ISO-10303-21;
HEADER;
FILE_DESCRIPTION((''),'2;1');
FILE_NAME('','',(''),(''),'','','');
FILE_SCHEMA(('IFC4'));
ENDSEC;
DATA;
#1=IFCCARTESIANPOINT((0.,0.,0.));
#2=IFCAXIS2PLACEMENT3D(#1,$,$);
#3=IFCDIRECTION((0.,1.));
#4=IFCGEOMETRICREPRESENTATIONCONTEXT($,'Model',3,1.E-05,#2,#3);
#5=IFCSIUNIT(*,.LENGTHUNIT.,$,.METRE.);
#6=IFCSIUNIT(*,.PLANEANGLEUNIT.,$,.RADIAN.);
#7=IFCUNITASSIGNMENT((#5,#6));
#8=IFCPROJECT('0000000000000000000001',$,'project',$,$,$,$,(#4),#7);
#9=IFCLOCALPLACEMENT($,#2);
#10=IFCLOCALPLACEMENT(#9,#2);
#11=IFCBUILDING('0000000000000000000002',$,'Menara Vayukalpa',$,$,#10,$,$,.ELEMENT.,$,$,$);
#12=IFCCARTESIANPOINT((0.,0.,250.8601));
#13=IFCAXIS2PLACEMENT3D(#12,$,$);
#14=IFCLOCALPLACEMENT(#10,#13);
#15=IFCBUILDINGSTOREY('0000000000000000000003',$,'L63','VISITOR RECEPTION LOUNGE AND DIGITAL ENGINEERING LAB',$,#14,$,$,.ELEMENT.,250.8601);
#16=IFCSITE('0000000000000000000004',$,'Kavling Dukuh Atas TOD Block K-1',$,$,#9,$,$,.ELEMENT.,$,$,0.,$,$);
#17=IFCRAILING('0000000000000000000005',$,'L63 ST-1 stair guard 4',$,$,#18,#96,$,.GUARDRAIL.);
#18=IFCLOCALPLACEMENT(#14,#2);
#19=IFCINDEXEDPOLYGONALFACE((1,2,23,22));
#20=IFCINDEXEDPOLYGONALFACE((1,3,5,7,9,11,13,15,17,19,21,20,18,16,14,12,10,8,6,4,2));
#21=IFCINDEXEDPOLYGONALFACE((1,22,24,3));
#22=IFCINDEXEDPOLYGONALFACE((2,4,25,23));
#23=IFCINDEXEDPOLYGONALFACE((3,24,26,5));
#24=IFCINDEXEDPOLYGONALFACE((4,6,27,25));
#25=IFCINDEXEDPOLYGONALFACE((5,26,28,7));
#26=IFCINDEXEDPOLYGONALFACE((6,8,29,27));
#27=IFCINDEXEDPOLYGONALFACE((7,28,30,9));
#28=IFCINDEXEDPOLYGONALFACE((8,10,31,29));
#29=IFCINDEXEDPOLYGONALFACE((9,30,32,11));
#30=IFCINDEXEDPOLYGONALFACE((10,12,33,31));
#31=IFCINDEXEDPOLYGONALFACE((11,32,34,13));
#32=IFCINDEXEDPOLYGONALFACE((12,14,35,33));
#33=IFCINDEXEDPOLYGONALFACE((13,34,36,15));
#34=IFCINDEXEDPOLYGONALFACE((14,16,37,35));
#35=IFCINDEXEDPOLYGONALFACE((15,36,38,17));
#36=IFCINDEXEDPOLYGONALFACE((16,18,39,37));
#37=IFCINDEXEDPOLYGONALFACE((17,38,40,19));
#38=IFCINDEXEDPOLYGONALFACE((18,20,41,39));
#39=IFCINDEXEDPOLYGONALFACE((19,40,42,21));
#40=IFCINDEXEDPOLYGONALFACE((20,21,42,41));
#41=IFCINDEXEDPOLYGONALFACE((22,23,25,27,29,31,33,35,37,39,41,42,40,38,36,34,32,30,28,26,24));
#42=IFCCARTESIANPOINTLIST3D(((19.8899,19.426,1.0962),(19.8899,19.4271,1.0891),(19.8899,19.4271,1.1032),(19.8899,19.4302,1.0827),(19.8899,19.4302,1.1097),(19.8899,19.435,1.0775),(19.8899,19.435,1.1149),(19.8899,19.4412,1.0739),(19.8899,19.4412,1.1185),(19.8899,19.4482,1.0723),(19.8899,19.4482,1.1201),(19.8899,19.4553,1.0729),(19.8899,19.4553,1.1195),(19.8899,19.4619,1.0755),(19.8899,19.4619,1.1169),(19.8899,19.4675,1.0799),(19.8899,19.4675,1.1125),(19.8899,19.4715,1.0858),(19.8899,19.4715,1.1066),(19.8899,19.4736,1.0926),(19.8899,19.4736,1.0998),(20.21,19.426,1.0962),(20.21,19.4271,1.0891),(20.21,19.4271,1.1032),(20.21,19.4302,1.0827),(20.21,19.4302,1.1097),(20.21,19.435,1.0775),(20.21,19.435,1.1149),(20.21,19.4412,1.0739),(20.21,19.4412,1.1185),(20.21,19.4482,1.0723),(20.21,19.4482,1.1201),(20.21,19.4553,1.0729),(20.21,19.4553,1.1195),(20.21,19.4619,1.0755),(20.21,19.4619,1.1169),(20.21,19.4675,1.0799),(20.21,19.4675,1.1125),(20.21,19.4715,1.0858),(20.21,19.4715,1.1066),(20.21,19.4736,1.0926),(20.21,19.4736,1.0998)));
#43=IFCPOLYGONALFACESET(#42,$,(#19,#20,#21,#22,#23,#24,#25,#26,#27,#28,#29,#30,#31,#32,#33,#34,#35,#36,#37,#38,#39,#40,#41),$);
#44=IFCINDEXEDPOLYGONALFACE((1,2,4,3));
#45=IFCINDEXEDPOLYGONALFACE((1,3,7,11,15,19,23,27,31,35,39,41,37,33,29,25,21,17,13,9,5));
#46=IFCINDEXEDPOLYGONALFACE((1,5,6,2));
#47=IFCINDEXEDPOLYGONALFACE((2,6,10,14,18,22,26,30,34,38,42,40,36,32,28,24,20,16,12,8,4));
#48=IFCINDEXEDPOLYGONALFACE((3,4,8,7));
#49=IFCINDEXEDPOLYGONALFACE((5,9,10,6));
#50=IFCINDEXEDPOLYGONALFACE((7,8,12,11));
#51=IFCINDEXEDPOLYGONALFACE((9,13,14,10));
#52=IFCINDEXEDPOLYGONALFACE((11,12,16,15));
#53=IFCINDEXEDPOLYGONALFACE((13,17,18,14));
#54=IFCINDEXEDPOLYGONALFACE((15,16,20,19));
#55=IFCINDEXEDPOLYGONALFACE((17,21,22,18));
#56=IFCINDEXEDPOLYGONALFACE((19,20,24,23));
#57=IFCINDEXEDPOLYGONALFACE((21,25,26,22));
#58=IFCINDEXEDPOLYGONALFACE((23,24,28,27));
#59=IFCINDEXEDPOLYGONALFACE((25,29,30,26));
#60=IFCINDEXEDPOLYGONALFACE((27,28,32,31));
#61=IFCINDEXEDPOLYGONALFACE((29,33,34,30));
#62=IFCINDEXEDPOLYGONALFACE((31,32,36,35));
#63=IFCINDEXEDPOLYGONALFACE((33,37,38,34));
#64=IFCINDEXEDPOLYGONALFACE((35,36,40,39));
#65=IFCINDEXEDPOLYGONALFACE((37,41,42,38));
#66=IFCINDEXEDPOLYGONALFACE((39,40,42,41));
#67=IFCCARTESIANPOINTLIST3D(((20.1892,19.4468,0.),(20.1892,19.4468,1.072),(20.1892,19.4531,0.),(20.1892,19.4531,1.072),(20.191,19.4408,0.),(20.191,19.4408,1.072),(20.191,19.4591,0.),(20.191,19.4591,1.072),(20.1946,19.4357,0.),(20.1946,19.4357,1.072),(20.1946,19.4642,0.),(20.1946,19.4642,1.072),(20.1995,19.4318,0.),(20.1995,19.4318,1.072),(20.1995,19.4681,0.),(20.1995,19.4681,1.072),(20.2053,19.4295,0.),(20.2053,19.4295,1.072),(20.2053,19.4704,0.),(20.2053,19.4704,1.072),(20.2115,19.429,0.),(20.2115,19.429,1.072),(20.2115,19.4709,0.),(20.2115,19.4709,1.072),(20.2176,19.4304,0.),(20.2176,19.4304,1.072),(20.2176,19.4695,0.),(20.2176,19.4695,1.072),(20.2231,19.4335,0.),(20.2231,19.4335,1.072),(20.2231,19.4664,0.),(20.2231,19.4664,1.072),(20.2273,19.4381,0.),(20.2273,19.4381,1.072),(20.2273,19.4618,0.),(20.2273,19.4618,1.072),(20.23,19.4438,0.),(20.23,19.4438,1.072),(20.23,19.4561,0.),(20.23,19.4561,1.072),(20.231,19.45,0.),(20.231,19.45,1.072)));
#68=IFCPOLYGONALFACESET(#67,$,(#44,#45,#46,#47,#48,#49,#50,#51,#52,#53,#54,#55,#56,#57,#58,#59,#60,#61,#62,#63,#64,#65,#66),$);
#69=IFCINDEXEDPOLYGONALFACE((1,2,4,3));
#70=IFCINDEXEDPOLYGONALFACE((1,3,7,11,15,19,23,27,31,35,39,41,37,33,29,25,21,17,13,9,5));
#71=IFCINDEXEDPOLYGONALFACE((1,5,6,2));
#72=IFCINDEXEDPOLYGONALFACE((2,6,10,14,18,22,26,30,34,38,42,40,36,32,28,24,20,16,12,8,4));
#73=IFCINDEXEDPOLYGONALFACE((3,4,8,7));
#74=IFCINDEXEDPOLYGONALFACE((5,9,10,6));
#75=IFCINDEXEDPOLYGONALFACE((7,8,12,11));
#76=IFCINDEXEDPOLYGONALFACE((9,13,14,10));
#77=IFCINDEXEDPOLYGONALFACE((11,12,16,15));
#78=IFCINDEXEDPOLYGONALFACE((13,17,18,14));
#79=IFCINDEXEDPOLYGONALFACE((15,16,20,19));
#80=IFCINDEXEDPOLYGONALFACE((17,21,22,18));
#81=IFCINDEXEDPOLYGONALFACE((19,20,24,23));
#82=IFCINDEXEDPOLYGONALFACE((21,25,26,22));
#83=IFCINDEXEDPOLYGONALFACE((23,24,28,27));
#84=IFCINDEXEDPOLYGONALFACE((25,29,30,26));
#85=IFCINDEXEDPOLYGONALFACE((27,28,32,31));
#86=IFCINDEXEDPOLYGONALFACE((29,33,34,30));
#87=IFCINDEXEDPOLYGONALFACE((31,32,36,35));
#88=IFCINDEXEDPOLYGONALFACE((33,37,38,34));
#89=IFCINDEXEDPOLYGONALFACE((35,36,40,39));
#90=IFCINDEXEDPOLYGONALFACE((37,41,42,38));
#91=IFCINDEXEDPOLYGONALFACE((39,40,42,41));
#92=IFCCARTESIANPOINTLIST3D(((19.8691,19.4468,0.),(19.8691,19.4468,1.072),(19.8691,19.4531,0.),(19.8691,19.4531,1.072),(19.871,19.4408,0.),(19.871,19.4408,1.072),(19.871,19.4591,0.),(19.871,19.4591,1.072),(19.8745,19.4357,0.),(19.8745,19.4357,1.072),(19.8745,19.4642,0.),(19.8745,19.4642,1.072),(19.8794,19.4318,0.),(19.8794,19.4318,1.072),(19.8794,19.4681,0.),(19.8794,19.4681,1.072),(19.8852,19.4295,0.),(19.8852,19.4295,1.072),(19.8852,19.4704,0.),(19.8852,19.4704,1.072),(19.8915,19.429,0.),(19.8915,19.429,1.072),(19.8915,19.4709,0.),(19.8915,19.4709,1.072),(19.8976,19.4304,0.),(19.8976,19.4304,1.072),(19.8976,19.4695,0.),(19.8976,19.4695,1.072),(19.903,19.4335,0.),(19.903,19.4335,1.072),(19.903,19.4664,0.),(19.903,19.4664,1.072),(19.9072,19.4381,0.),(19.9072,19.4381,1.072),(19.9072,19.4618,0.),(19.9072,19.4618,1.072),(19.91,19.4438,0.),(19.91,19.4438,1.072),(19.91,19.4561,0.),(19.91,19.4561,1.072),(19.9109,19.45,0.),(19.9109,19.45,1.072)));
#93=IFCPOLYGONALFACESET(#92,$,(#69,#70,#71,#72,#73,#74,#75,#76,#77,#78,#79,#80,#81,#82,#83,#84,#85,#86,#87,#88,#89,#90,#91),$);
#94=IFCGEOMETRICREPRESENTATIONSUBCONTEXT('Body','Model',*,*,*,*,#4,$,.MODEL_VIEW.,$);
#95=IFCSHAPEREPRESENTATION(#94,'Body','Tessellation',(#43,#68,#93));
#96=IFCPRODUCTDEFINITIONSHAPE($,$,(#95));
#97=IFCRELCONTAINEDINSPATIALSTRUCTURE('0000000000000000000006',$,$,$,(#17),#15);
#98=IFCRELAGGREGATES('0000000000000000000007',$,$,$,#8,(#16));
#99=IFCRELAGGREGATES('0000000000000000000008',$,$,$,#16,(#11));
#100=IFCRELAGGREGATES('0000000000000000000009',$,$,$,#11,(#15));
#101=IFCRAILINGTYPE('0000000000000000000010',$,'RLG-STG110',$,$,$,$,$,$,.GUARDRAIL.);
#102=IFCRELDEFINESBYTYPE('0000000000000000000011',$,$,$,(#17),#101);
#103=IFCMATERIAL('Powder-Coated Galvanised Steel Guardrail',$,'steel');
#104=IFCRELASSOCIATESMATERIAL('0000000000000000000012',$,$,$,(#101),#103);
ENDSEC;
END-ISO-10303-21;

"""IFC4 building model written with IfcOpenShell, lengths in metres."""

from ifc_helpers import new_model, si_unit, direction, frame, origin, origin_2d, place, context, subcontext, project, spatial, circle, extrude, material, type_object, element, save


model = new_model("IFC4")

# Units and contexts
model_context = context("Model", 3, precision=1e-05, world=origin(), true_north=direction((0.0, 1.0)))
body_context = subcontext(model_context, "Body", "Model", "MODEL_VIEW")
ifc_project = project(units=[si_unit("LENGTHUNIT", "METRE"), si_unit("PLANEANGLEUNIT", "RADIAN")], contexts=[model_context])

# Site, building, storey
site_placement = place(None, origin())
site = spatial("IfcSite", under=ifc_project, at=site_placement, Name="Kavling Dukuh Atas TOD Block K-1", CompositionType="ELEMENT", RefElevation=0.0)
building_placement = place(site_placement, origin())
building = spatial("IfcBuilding", under=site, at=building_placement, Name="Menara Vayukalpa", CompositionType="ELEMENT")
storey_placement = place(building_placement, frame((0.0, 0.0, 250.8601)))
storey = spatial("IfcBuildingStorey", under=building, at=storey_placement, Name="L63", Description="VISITOR RECEPTION LOUNGE AND DIGITAL ENGINEERING LAB", CompositionType="ELEMENT", Elevation=250.8601)

# Railing
ifc_material_1 = material(Name="Powder-Coated Galvanised Steel Guardrail", Category="steel")
railing_type_1 = type_object("IfcRailingType", Name="RLG-STG110", PredefinedType="GUARDRAIL", material=ifc_material_1)
railing_1_placement = place(storey_placement, frame((20.21, 19.45, 0.0)))
element("IfcRailing", 1, at=railing_1_placement, inside=storey, type_object=railing_type_1, Name="L63 ST-1 stair guard 4", PredefinedType="GUARDRAIL", context=body_context, shape_type="SweptSolid", body=[
    extrude(circle(Radius=0.0239, at=origin_2d()), frame((0.0, 0.0, 1.0962), z_axis=(-1.0, 0.0, 0.0), x_axis=(0.0, -1.0, 0.0)), (0.0, 0.0, 1.0), 0.3201),
    extrude(circle(Radius=0.021, at=origin_2d()), origin(), (0.0, 0.0, 1.0), 1.072),
    extrude(circle(Radius=0.021, at=origin_2d()), frame((-0.3201, 0.0, 0.0)), (0.0, 0.0, 1.0), 1.072),
])

save(model, "model.ifc")
